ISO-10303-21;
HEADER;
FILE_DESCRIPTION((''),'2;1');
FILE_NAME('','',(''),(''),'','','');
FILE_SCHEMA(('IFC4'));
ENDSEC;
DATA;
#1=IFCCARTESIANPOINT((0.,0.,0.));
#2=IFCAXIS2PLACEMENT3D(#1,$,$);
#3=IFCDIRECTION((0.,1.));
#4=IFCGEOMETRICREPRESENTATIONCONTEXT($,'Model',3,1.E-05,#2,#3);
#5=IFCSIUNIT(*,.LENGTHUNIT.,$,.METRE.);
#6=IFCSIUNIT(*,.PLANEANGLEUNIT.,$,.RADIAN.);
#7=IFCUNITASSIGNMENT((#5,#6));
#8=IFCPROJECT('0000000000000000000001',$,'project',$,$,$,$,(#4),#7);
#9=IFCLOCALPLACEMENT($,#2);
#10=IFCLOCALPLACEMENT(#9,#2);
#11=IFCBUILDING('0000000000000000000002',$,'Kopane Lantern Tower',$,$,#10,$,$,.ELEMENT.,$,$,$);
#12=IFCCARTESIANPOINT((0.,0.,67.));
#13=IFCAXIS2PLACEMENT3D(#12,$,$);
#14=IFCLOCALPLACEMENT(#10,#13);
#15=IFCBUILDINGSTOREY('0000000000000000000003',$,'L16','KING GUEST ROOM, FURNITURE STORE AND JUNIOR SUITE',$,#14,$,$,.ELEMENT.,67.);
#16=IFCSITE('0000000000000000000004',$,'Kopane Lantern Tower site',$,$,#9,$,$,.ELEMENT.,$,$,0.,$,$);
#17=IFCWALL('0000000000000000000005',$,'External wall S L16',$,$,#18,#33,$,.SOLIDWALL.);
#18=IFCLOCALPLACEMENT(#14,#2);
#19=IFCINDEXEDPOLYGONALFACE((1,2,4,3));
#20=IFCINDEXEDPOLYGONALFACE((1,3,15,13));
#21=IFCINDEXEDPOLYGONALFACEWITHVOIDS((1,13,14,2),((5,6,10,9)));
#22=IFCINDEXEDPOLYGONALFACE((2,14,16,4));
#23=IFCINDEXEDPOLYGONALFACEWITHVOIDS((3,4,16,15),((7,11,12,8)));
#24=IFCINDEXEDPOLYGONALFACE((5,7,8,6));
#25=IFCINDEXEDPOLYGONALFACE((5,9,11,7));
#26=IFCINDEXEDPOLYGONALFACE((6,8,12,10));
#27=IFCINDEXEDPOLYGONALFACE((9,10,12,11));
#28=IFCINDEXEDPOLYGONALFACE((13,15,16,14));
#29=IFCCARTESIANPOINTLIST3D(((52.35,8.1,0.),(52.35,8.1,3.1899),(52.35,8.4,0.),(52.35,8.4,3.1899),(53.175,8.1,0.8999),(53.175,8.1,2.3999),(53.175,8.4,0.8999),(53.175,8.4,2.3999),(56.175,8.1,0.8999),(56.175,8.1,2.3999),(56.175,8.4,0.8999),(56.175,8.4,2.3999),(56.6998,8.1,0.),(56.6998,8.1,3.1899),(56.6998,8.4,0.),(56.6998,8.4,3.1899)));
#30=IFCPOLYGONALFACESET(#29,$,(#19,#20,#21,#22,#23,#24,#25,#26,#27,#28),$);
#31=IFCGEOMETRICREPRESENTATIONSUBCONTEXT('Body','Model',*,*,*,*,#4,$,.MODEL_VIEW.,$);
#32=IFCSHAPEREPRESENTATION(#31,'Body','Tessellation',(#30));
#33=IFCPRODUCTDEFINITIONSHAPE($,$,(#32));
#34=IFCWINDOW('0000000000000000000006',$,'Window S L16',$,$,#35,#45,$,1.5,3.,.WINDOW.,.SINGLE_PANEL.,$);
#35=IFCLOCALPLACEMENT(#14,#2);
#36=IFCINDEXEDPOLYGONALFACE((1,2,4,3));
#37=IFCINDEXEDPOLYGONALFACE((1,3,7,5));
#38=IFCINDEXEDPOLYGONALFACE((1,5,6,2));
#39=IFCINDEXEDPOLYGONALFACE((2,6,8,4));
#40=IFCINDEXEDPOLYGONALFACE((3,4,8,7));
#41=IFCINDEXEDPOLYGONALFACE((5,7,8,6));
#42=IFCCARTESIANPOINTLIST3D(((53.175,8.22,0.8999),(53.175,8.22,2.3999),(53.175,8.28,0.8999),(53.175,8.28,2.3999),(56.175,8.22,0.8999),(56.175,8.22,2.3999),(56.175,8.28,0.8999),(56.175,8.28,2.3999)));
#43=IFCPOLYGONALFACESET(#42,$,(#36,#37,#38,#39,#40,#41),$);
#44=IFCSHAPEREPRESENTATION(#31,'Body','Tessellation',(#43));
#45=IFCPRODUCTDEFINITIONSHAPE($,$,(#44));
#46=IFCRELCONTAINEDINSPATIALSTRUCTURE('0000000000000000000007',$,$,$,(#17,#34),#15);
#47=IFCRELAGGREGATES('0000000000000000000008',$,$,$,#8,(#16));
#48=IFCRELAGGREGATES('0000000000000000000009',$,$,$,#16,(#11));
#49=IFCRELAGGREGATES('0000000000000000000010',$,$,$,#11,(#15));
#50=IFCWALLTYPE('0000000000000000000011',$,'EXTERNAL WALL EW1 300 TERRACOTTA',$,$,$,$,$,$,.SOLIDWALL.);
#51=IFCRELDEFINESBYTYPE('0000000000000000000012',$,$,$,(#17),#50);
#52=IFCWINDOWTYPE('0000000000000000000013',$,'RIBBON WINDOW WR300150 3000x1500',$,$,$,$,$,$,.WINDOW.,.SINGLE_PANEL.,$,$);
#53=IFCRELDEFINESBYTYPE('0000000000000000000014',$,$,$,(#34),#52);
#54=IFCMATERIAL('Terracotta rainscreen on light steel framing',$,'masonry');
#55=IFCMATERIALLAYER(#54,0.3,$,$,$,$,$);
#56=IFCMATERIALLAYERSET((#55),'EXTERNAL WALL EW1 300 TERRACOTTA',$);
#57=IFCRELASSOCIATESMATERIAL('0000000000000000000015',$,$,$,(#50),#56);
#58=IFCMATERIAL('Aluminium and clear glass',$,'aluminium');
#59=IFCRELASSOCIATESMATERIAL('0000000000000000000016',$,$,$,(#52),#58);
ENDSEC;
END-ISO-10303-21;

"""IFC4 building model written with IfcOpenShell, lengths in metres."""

from ifc_helpers import new_model, si_unit, direction, frame, frame_2d, origin, place, context, subcontext, project, spatial, rectangle, extrude, material, layer, layer_set, type_object, element, fill, save


model = new_model("IFC4")

# Units and contexts
model_context = context("Model", 3, precision=1e-05, world=origin(), true_north=direction((0.0, 1.0)))
body_context = subcontext(model_context, "Body", "Model", "MODEL_VIEW")
ifc_project = project(units=[si_unit("LENGTHUNIT", "METRE"), si_unit("PLANEANGLEUNIT", "RADIAN")], contexts=[model_context])

# Site, building, storey
site_placement = place(None, origin())
site = spatial("IfcSite", under=ifc_project, at=site_placement, Name="Kopane Lantern Tower site", CompositionType="ELEMENT", RefElevation=0.0)
building_placement = place(site_placement, origin())
building = spatial("IfcBuilding", under=site, at=building_placement, Name="Kopane Lantern Tower", CompositionType="ELEMENT")
storey_placement = place(building_placement, frame((0.0, 0.0, 67.0)))
storey = spatial("IfcBuildingStorey", under=building, at=storey_placement, Name="L16", Description="KING GUEST ROOM, FURNITURE STORE AND JUNIOR SUITE", CompositionType="ELEMENT", Elevation=67.0)

# Wall, opening, window
ifc_material_1 = material(Name="Terracotta rainscreen on light steel framing", Category="masonry")
ifc_layer = layer(ifc_material_1, 0.3)
ifc_layer_set = layer_set([ifc_layer], Name="EXTERNAL WALL EW1 300 TERRACOTTA")
wall_type = type_object("IfcWallType", Name="EXTERNAL WALL EW1 300 TERRACOTTA", PredefinedType="SOLIDWALL", material=ifc_layer_set)
ifc_material_2 = material(Name="Aluminium and clear glass", Category="aluminium")
window_type_1 = type_object("IfcWindowType", Name="RIBBON WINDOW WR300150 3000x1500", PartitioningType="SINGLE_PANEL", PredefinedType="WINDOW", material=ifc_material_2)
wall_1_placement = place(storey_placement, frame((52.3501, 8.25, 0.0), z_axis=(0.0, 0.0, 1.0), x_axis=(1.0, 0.0, 0.0)))
wall_1 = element("IfcWall", 1, at=wall_1_placement, inside=storey, type_object=wall_type, Name="External wall S L16", PredefinedType="SOLIDWALL", context=body_context, shape_type="SweptSolid", body=[
    extrude(rectangle(XDim=4.3499, YDim=0.3, at=frame_2d((2.1748, 0.0))), origin(), (0.0, 0.0, 1.0), 3.1899),
])
opening_1_placement = place(wall_1_placement, frame((0.825, 0.0, 0.8999)))
opening_1 = element("IfcOpeningElement", 2, at=opening_1_placement, cuts=wall_1, PredefinedType="OPENING", context=body_context, shape_type="SweptSolid", body=[
    extrude(rectangle(XDim=3.0, YDim=1.5, at=frame_2d((1.5, 0.75))), frame((0.0, 0.1599, 0.0), z_axis=(0.0, -1.0, 0.0), x_axis=(1.0, 0.0, 0.0)), (0.0, 0.0, 1.0), 0.3201),
])
window_1_placement = place(opening_1_placement, origin())
window_1 = element("IfcWindow", 3, at=window_1_placement, inside=storey, type_object=window_type_1, Name="Window S L16", OverallHeight=1.5, OverallWidth=3.0, PartitioningType="SINGLE_PANEL", PredefinedType="WINDOW", context=body_context, shape_type="SweptSolid", body=[
    extrude(rectangle(XDim=3.0, YDim=1.5, at=frame_2d((1.5, 0.75))), frame((0.0, 0.03, 0.0), z_axis=(0.0, -1.0, 0.0), x_axis=(1.0, 0.0, 0.0)), (0.0, 0.0, 1.0), 0.0601),
])
fill(opening_1, window_1)

save(model, "model.ifc")
